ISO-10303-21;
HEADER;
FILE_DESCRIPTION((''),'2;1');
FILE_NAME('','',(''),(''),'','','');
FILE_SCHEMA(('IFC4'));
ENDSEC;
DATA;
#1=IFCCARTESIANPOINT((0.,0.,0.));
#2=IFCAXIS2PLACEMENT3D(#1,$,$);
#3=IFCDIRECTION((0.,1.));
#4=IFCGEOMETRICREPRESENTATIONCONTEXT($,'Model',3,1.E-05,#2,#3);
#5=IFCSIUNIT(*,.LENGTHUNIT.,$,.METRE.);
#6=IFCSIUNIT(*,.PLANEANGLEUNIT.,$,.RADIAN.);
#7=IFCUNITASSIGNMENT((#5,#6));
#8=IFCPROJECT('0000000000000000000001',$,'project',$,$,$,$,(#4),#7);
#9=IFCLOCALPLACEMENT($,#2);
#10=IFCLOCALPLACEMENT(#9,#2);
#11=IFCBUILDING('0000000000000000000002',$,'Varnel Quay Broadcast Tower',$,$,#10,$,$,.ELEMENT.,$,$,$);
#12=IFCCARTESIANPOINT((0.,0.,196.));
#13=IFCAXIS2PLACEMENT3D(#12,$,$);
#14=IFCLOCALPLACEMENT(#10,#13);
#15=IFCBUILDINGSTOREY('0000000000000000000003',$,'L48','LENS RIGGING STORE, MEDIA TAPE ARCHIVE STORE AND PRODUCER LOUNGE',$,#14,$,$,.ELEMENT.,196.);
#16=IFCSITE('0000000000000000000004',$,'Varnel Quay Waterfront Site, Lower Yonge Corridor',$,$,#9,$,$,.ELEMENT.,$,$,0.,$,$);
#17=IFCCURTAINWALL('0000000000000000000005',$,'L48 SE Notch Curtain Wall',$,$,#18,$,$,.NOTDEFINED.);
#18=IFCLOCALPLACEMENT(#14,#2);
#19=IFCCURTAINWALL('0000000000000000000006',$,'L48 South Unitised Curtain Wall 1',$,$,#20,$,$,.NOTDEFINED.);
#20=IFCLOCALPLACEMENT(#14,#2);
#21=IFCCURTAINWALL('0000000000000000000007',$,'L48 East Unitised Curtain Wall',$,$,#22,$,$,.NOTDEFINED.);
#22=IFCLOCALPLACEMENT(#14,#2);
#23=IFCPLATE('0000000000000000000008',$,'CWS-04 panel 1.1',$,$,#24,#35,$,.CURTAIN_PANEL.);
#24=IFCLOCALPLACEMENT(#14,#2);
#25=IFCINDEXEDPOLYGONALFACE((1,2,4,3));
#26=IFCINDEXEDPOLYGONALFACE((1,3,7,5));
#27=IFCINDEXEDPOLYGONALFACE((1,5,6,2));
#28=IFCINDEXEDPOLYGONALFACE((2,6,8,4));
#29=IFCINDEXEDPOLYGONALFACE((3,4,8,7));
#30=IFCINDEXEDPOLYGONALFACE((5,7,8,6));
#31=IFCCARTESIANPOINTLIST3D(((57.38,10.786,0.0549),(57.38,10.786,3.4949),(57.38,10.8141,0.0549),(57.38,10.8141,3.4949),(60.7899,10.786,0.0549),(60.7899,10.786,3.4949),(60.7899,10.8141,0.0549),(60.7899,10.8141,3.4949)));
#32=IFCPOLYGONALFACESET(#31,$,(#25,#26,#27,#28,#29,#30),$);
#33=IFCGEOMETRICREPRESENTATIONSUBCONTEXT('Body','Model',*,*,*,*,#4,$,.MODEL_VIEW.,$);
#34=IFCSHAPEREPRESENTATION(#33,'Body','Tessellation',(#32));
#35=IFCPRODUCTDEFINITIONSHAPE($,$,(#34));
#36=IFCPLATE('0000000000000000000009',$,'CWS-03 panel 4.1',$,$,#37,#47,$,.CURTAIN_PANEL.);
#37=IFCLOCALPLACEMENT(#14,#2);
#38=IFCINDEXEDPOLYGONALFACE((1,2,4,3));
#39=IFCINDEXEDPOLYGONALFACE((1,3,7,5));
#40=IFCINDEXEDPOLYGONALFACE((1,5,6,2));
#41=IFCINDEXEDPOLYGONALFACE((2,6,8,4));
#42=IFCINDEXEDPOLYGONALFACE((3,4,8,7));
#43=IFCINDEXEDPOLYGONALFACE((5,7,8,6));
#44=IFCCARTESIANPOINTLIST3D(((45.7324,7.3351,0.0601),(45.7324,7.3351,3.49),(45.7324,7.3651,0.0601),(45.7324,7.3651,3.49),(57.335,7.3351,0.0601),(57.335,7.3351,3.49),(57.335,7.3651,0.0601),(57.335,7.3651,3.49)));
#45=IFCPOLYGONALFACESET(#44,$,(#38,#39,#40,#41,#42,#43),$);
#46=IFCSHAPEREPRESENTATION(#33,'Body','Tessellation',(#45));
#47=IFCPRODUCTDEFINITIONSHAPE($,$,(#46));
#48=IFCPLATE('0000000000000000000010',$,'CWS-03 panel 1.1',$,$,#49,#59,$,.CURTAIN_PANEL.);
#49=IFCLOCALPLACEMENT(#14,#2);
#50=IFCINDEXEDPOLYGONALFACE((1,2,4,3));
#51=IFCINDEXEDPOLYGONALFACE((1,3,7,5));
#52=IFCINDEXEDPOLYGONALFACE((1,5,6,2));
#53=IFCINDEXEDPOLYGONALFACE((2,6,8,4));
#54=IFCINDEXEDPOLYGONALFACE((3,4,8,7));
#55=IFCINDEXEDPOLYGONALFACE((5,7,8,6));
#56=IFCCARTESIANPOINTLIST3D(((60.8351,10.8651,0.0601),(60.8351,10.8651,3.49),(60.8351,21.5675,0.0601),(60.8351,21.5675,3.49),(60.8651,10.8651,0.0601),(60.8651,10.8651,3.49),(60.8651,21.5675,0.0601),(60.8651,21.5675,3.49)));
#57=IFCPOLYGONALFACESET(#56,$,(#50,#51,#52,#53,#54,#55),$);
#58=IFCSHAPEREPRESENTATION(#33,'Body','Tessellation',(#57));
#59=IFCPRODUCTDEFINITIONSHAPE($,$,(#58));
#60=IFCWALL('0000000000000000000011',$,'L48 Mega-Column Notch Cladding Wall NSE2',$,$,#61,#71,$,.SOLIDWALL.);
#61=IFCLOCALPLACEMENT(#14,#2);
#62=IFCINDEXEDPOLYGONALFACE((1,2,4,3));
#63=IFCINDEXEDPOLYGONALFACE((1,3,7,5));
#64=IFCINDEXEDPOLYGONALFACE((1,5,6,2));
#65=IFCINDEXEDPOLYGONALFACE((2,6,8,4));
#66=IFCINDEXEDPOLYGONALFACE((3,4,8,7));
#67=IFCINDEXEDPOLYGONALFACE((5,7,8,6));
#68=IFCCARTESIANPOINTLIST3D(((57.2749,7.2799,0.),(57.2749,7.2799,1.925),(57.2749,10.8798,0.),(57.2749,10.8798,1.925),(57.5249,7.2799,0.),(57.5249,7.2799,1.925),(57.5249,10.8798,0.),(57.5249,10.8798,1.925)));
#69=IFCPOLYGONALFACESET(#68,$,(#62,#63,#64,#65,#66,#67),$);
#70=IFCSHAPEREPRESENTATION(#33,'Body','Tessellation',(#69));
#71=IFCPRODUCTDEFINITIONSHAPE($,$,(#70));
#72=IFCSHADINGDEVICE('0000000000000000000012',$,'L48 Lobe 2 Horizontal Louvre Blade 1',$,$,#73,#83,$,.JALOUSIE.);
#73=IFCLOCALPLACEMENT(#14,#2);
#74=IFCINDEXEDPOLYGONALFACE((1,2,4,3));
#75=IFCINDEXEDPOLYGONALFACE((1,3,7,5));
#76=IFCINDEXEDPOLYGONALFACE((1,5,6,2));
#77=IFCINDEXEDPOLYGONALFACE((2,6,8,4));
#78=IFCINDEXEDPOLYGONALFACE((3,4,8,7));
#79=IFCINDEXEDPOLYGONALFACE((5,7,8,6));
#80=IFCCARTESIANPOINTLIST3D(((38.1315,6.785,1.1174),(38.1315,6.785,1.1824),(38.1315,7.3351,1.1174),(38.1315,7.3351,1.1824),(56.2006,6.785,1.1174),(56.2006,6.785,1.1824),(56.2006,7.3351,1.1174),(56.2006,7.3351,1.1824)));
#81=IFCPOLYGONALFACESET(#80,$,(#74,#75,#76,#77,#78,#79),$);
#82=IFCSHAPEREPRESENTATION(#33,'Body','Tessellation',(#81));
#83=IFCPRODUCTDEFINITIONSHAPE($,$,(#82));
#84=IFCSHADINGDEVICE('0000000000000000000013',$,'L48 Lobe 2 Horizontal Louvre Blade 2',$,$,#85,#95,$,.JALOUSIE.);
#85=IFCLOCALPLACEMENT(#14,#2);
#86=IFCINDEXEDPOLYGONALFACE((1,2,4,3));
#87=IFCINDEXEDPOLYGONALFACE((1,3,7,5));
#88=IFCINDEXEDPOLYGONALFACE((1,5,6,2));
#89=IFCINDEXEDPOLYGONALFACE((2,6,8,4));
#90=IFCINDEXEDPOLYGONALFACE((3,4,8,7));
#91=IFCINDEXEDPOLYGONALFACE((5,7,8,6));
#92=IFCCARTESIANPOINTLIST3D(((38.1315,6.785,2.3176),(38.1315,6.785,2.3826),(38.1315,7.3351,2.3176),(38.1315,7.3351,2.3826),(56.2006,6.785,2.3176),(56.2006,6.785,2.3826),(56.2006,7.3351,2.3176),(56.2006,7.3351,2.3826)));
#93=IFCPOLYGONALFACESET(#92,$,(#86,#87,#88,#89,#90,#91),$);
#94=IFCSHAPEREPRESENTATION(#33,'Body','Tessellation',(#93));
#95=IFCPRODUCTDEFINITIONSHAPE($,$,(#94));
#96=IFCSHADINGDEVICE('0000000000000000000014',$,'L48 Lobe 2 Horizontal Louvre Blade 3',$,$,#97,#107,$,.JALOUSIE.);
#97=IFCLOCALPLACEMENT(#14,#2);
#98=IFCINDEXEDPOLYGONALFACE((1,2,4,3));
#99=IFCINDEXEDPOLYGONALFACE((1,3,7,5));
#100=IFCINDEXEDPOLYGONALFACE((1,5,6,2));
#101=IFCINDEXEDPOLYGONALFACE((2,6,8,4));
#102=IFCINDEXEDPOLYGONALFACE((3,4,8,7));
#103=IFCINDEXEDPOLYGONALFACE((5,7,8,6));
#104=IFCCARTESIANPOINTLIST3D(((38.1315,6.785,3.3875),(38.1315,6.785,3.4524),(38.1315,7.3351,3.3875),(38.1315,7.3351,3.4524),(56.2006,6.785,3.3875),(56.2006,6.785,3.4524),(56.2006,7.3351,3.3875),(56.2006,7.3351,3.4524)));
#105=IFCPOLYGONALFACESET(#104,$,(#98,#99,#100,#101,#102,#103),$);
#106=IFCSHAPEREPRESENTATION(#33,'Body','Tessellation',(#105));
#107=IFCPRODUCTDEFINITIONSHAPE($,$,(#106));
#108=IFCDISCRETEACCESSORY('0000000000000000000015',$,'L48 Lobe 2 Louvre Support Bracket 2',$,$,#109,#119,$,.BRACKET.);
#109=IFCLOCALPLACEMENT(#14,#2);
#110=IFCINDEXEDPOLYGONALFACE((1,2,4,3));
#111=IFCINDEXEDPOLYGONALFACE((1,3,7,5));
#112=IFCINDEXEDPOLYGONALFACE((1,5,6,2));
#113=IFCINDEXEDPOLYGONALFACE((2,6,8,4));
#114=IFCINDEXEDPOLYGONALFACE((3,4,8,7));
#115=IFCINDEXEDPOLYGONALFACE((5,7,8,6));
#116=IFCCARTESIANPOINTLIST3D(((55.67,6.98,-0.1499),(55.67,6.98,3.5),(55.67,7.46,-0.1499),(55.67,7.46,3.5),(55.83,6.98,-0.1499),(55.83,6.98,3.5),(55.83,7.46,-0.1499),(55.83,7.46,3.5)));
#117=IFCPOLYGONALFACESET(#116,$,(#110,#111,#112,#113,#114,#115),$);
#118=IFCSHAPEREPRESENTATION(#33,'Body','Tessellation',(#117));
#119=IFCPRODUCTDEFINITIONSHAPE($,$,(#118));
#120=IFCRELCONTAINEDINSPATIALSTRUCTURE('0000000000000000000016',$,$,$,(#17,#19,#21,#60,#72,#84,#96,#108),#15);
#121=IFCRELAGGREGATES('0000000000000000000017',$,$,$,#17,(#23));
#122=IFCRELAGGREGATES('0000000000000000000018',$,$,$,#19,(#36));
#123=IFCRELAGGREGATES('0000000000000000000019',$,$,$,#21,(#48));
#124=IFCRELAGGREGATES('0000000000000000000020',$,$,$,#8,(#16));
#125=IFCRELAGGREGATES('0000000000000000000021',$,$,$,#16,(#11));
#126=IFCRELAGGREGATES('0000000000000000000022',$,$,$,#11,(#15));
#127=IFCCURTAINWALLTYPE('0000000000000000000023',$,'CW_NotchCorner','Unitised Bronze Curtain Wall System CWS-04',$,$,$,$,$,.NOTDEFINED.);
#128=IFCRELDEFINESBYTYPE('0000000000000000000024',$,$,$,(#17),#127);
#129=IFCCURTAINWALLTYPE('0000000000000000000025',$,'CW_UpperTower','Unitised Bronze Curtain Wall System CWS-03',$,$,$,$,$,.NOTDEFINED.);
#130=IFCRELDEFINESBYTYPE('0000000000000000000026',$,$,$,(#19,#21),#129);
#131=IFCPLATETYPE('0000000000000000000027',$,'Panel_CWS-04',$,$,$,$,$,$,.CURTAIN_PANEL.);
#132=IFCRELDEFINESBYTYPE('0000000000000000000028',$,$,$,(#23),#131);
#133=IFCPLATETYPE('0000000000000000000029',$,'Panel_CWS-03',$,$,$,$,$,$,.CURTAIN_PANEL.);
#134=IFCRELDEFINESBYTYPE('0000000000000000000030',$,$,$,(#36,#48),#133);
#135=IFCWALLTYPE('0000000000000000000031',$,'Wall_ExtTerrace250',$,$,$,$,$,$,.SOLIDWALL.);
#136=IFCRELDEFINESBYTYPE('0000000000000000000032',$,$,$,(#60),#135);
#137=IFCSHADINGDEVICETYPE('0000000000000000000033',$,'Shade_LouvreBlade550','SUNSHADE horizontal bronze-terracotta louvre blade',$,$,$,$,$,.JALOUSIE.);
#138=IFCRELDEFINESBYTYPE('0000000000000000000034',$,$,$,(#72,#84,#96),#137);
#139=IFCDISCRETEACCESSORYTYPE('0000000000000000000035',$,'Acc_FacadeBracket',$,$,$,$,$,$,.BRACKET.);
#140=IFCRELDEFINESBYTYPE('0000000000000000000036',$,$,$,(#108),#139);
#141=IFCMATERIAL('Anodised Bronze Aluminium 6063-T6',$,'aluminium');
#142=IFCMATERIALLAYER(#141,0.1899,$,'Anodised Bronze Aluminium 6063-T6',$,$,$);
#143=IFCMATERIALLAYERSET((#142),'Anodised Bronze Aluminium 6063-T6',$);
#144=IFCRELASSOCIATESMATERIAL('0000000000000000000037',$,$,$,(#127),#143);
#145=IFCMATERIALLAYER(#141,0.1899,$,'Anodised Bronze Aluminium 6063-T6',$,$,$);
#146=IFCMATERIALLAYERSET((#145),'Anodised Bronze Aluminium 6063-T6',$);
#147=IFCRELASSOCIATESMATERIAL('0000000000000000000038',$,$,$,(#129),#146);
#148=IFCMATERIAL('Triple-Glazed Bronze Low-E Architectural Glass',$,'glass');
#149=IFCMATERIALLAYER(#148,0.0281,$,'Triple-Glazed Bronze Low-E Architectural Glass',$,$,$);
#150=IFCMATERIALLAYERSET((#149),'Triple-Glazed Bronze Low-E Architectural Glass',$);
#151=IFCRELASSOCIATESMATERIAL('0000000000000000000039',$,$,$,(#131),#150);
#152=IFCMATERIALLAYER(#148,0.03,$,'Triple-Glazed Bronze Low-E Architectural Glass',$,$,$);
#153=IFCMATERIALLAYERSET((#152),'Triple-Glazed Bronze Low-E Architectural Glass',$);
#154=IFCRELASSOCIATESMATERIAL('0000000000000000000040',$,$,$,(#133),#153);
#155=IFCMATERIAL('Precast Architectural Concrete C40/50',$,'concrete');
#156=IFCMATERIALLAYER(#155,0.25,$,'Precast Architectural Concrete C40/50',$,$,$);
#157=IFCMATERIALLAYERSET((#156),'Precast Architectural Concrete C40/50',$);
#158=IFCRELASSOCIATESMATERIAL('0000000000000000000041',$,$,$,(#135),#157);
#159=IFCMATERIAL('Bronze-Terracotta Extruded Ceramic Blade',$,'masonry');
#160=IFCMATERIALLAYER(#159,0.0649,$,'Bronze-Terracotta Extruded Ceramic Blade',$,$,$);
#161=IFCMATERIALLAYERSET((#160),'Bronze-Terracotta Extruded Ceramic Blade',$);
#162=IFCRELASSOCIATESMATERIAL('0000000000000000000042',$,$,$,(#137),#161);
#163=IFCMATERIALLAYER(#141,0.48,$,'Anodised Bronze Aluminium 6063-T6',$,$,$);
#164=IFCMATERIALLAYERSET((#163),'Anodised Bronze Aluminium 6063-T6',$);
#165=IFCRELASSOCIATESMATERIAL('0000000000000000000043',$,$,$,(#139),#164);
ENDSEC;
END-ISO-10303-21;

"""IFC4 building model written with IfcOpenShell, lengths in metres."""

from ifc_helpers import new_model, si_unit, direction, frame, frame_2d, origin, origin_2d, place, context, subcontext, project, spatial, rectangle, extrude, source, transform, mapped, material, layer, layer_set, type_object, type_shapes, element, aggregate, save


model = new_model("IFC4")

# Units and contexts
model_context = context("Model", 3, precision=1e-05, world=origin(), true_north=direction((0.0, 1.0)))
body_context = subcontext(model_context, "Body", "Model", "MODEL_VIEW")
ifc_project = project(units=[si_unit("LENGTHUNIT", "METRE"), si_unit("PLANEANGLEUNIT", "RADIAN")], contexts=[model_context])

# Site, building, storey
site_placement = place(None, origin())
site = spatial("IfcSite", under=ifc_project, at=site_placement, Name="Varnel Quay Waterfront Site, Lower Yonge Corridor", CompositionType="ELEMENT", RefElevation=0.0)
building_placement = place(site_placement, origin())
building = spatial("IfcBuilding", under=site, at=building_placement, Name="Varnel Quay Broadcast Tower", CompositionType="ELEMENT")
storey_placement = place(building_placement, frame((0.0, 0.0, 196.0)))
storey = spatial("IfcBuildingStorey", under=building, at=storey_placement, Name="L48", Description="LENS RIGGING STORE, MEDIA TAPE ARCHIVE STORE AND PRODUCER LOUNGE", CompositionType="ELEMENT", Elevation=196.0)

# Curtain walls
ifc_material_1 = material(Name="Anodised Bronze Aluminium 6063-T6", Category="aluminium")
ifc_layer_1 = layer(ifc_material_1, 0.1899, Name="Anodised Bronze Aluminium 6063-T6")
ifc_layer_set_1 = layer_set([ifc_layer_1], Name="Anodised Bronze Aluminium 6063-T6")
curtain_wall_type_1 = type_object("IfcCurtainWallType", Name="CW_NotchCorner", Description="Unitised Bronze Curtain Wall System CWS-04", PredefinedType="NOTDEFINED", material=ifc_layer_set_1)
curtain_wall_1_placement = place(storey_placement, origin())
curtain_wall_1 = element("IfcCurtainWall", 1, at=curtain_wall_1_placement, inside=storey, type_object=curtain_wall_type_1, Name="L48 SE Notch Curtain Wall", PredefinedType="NOTDEFINED")
ifc_layer_2 = layer(ifc_material_1, 0.1899, Name="Anodised Bronze Aluminium 6063-T6")
ifc_layer_set_2 = layer_set([ifc_layer_2], Name="Anodised Bronze Aluminium 6063-T6")
curtain_wall_type_2 = type_object("IfcCurtainWallType", Name="CW_UpperTower", Description="Unitised Bronze Curtain Wall System CWS-03", PredefinedType="NOTDEFINED", material=ifc_layer_set_2)
curtain_wall_2_placement = place(storey_placement, origin())
curtain_wall_2 = element("IfcCurtainWall", 2, at=curtain_wall_2_placement, inside=storey, type_object=curtain_wall_type_2, Name="L48 South Unitised Curtain Wall 1", PredefinedType="NOTDEFINED")
curtain_wall_3_placement = place(storey_placement, origin())
curtain_wall_3 = element("IfcCurtainWall", 3, at=curtain_wall_3_placement, inside=storey, type_object=curtain_wall_type_2, Name="L48 East Unitised Curtain Wall", PredefinedType="NOTDEFINED")

# Plates
ifc_material_2 = material(Name="Triple-Glazed Bronze Low-E Architectural Glass", Category="glass")
ifc_layer_3 = layer(ifc_material_2, 0.0281, Name="Triple-Glazed Bronze Low-E Architectural Glass")
ifc_layer_set_3 = layer_set([ifc_layer_3], Name="Triple-Glazed Bronze Low-E Architectural Glass")
plate_type_1 = type_object("IfcPlateType", Name="Panel_CWS-04", PredefinedType="CURTAIN_PANEL", material=ifc_layer_set_3)
shared_shape_1 = source(origin(), body_context, "Body", "SweptSolid", [
    extrude(rectangle(XDim=3.4099, YDim=0.0281, at=origin_2d()), origin(), (0.0, 0.0, 1.0), 3.4399),
])
type_shapes(plate_type_1, [shared_shape_1])
plate_1_placement = place(storey_placement, frame((59.085, 10.8, 0.0549), z_axis=(0.0, 0.0, 1.0), x_axis=(1.0, 0.0, 0.0)))
plate_1 = element("IfcPlate", 4, at=plate_1_placement, type_object=plate_type_1, Name="CWS-04 panel 1.1", PredefinedType="CURTAIN_PANEL", context=body_context, shape_type="MappedRepresentation", body=[
    mapped(shared_shape_1, transform((0.0, 0.0, 0.0), x_axis=(1.0, 0.0, 0.0), y_axis=(0.0, 1.0, 0.0), z_axis=(0.0, 0.0, 1.0), scale=1.0)),
])
aggregate(curtain_wall_1, [plate_1])
ifc_layer_4 = layer(ifc_material_2, 0.03, Name="Triple-Glazed Bronze Low-E Architectural Glass")
ifc_layer_set_4 = layer_set([ifc_layer_4], Name="Triple-Glazed Bronze Low-E Architectural Glass")
plate_type_2 = type_object("IfcPlateType", Name="Panel_CWS-03", PredefinedType="CURTAIN_PANEL", material=ifc_layer_set_4)
shared_shape_2 = source(origin(), body_context, "Body", "SweptSolid", [
    extrude(rectangle(XDim=11.6025, YDim=0.03, at=origin_2d()), origin(), (0.0, 0.0, 1.0), 3.4299),
])
plate_2_placement = place(storey_placement, frame((51.5337, 7.3501, 0.0601), z_axis=(0.0, 0.0, 1.0), x_axis=(1.0, 0.0, 0.0)))
plate_2 = element("IfcPlate", 5, at=plate_2_placement, type_object=plate_type_2, Name="CWS-03 panel 4.1", PredefinedType="CURTAIN_PANEL", context=body_context, shape_type="MappedRepresentation", body=[
    mapped(shared_shape_2, transform((0.0, 0.0, 0.0), x_axis=(1.0, 0.0, 0.0), y_axis=(0.0, 1.0, 0.0), z_axis=(0.0, 0.0, 1.0), scale=1.0)),
])
aggregate(curtain_wall_2, [plate_2])
shared_shape_3 = source(origin(), body_context, "Body", "SweptSolid", [
    extrude(rectangle(XDim=10.7024, YDim=0.03, at=origin_2d()), origin(), (0.0, 0.0, 1.0), 3.4299),
])
type_shapes(plate_type_2, [shared_shape_2, shared_shape_3])
plate_3_placement = place(storey_placement, frame((60.8501, 16.2163, 0.0601), z_axis=(0.0, 0.0, 1.0), x_axis=(0.0, 1.0, 0.0)))
plate_3 = element("IfcPlate", 6, at=plate_3_placement, type_object=plate_type_2, Name="CWS-03 panel 1.1", PredefinedType="CURTAIN_PANEL", context=body_context, shape_type="MappedRepresentation", body=[
    mapped(shared_shape_3, transform((0.0, 0.0, 0.0), x_axis=(1.0, 0.0, 0.0), y_axis=(0.0, 1.0, 0.0), z_axis=(0.0, 0.0, 1.0), scale=1.0)),
])
aggregate(curtain_wall_3, [plate_3])

# Wall
ifc_material_3 = material(Name="Precast Architectural Concrete C40/50", Category="concrete")
ifc_layer_5 = layer(ifc_material_3, 0.25, Name="Precast Architectural Concrete C40/50")
ifc_layer_set_5 = layer_set([ifc_layer_5], Name="Precast Architectural Concrete C40/50")
wall_type = type_object("IfcWallType", Name="Wall_ExtTerrace250", PredefinedType="SOLIDWALL", material=ifc_layer_set_5)
wall_placement = place(storey_placement, frame((57.3999, 7.28, 0.0), z_axis=(0.0, 0.0, 1.0), x_axis=(0.0, 1.0, 0.0)))
element("IfcWall", 7, at=wall_placement, inside=storey, type_object=wall_type, Name="L48 Mega-Column Notch Cladding Wall NSE2", PredefinedType="SOLIDWALL", context=body_context, shape_type="SweptSolid", body=[
    extrude(rectangle(XDim=3.5999, YDim=0.25, at=frame_2d((1.7998, 0.0))), origin(), (0.0, 0.0, 1.0), 1.925),
])

# Shading devices
ifc_material_4 = material(Name="Bronze-Terracotta Extruded Ceramic Blade", Category="masonry")
ifc_layer_6 = layer(ifc_material_4, 0.0649, Name="Bronze-Terracotta Extruded Ceramic Blade")
ifc_layer_set_6 = layer_set([ifc_layer_6], Name="Bronze-Terracotta Extruded Ceramic Blade")
shading_device_type = type_object("IfcShadingDeviceType", Name="Shade_LouvreBlade550", Description="SUNSHADE horizontal bronze-terracotta louvre blade", PredefinedType="JALOUSIE", material=ifc_layer_set_6)
shared_shape_4 = source(origin(), body_context, "Body", "SweptSolid", [
    extrude(rectangle(XDim=18.0691, YDim=0.55, at=origin_2d()), origin(), (0.0, 0.0, 1.0), 0.0649),
])
type_shapes(shading_device_type, [shared_shape_4])
for number, where, z_axis, x_axis, name in (
    (8, (47.166, 7.0601, 1.1174), (0.0, 0.0, 1.0), (1.0, 0.0, 0.0), "L48 Lobe 2 Horizontal Louvre Blade 1"),
    (9, (47.166, 7.0601, 2.3176), (0.0, 0.0, 1.0), (1.0, 0.0, 0.0), "L48 Lobe 2 Horizontal Louvre Blade 2"),
    (10, (47.166, 7.0601, 3.3875), (0.0, 0.0, 1.0), (1.0, 0.0, 0.0), "L48 Lobe 2 Horizontal Louvre Blade 3"),
):
    element("IfcShadingDevice", number, at=place(storey_placement, frame(where, z_axis=z_axis, x_axis=x_axis)), inside=storey, type_object=shading_device_type, Name=name, PredefinedType="JALOUSIE", context=body_context, shape_type="MappedRepresentation", body=[
        mapped(shared_shape_4, transform((0.0, 0.0, 0.0), x_axis=(1.0, 0.0, 0.0), y_axis=(0.0, 1.0, 0.0), z_axis=(0.0, 0.0, 1.0), scale=1.0)),
    ])

# Discrete accessory
ifc_layer_7 = layer(ifc_material_1, 0.48, Name="Anodised Bronze Aluminium 6063-T6")
ifc_layer_set_7 = layer_set([ifc_layer_7], Name="Anodised Bronze Aluminium 6063-T6")
discrete_accessory_type = type_object("IfcDiscreteAccessoryType", Name="Acc_FacadeBracket", PredefinedType="BRACKET", material=ifc_layer_set_7)
shared_shape_5 = source(origin(), body_context, "Body", "SweptSolid", [
    extrude(rectangle(XDim=0.1599, YDim=0.48, at=origin_2d()), origin(), (0.0, 0.0, 1.0), 3.6499),
])
type_shapes(discrete_accessory_type, [shared_shape_5])
discrete_accessory_placement = place(storey_placement, frame((55.75, 7.22, -0.1499), z_axis=(0.0, 0.0, 1.0), x_axis=(1.0, 0.0, 0.0)))
element("IfcDiscreteAccessory", 11, at=discrete_accessory_placement, inside=storey, type_object=discrete_accessory_type, Name="L48 Lobe 2 Louvre Support Bracket 2", PredefinedType="BRACKET", context=body_context, shape_type="MappedRepresentation", body=[
    mapped(shared_shape_5, transform((0.0, 0.0, 0.0), x_axis=(1.0, 0.0, 0.0), y_axis=(0.0, 1.0, 0.0), z_axis=(0.0, 0.0, 1.0), scale=1.0)),
])

save(model, "model.ifc")
